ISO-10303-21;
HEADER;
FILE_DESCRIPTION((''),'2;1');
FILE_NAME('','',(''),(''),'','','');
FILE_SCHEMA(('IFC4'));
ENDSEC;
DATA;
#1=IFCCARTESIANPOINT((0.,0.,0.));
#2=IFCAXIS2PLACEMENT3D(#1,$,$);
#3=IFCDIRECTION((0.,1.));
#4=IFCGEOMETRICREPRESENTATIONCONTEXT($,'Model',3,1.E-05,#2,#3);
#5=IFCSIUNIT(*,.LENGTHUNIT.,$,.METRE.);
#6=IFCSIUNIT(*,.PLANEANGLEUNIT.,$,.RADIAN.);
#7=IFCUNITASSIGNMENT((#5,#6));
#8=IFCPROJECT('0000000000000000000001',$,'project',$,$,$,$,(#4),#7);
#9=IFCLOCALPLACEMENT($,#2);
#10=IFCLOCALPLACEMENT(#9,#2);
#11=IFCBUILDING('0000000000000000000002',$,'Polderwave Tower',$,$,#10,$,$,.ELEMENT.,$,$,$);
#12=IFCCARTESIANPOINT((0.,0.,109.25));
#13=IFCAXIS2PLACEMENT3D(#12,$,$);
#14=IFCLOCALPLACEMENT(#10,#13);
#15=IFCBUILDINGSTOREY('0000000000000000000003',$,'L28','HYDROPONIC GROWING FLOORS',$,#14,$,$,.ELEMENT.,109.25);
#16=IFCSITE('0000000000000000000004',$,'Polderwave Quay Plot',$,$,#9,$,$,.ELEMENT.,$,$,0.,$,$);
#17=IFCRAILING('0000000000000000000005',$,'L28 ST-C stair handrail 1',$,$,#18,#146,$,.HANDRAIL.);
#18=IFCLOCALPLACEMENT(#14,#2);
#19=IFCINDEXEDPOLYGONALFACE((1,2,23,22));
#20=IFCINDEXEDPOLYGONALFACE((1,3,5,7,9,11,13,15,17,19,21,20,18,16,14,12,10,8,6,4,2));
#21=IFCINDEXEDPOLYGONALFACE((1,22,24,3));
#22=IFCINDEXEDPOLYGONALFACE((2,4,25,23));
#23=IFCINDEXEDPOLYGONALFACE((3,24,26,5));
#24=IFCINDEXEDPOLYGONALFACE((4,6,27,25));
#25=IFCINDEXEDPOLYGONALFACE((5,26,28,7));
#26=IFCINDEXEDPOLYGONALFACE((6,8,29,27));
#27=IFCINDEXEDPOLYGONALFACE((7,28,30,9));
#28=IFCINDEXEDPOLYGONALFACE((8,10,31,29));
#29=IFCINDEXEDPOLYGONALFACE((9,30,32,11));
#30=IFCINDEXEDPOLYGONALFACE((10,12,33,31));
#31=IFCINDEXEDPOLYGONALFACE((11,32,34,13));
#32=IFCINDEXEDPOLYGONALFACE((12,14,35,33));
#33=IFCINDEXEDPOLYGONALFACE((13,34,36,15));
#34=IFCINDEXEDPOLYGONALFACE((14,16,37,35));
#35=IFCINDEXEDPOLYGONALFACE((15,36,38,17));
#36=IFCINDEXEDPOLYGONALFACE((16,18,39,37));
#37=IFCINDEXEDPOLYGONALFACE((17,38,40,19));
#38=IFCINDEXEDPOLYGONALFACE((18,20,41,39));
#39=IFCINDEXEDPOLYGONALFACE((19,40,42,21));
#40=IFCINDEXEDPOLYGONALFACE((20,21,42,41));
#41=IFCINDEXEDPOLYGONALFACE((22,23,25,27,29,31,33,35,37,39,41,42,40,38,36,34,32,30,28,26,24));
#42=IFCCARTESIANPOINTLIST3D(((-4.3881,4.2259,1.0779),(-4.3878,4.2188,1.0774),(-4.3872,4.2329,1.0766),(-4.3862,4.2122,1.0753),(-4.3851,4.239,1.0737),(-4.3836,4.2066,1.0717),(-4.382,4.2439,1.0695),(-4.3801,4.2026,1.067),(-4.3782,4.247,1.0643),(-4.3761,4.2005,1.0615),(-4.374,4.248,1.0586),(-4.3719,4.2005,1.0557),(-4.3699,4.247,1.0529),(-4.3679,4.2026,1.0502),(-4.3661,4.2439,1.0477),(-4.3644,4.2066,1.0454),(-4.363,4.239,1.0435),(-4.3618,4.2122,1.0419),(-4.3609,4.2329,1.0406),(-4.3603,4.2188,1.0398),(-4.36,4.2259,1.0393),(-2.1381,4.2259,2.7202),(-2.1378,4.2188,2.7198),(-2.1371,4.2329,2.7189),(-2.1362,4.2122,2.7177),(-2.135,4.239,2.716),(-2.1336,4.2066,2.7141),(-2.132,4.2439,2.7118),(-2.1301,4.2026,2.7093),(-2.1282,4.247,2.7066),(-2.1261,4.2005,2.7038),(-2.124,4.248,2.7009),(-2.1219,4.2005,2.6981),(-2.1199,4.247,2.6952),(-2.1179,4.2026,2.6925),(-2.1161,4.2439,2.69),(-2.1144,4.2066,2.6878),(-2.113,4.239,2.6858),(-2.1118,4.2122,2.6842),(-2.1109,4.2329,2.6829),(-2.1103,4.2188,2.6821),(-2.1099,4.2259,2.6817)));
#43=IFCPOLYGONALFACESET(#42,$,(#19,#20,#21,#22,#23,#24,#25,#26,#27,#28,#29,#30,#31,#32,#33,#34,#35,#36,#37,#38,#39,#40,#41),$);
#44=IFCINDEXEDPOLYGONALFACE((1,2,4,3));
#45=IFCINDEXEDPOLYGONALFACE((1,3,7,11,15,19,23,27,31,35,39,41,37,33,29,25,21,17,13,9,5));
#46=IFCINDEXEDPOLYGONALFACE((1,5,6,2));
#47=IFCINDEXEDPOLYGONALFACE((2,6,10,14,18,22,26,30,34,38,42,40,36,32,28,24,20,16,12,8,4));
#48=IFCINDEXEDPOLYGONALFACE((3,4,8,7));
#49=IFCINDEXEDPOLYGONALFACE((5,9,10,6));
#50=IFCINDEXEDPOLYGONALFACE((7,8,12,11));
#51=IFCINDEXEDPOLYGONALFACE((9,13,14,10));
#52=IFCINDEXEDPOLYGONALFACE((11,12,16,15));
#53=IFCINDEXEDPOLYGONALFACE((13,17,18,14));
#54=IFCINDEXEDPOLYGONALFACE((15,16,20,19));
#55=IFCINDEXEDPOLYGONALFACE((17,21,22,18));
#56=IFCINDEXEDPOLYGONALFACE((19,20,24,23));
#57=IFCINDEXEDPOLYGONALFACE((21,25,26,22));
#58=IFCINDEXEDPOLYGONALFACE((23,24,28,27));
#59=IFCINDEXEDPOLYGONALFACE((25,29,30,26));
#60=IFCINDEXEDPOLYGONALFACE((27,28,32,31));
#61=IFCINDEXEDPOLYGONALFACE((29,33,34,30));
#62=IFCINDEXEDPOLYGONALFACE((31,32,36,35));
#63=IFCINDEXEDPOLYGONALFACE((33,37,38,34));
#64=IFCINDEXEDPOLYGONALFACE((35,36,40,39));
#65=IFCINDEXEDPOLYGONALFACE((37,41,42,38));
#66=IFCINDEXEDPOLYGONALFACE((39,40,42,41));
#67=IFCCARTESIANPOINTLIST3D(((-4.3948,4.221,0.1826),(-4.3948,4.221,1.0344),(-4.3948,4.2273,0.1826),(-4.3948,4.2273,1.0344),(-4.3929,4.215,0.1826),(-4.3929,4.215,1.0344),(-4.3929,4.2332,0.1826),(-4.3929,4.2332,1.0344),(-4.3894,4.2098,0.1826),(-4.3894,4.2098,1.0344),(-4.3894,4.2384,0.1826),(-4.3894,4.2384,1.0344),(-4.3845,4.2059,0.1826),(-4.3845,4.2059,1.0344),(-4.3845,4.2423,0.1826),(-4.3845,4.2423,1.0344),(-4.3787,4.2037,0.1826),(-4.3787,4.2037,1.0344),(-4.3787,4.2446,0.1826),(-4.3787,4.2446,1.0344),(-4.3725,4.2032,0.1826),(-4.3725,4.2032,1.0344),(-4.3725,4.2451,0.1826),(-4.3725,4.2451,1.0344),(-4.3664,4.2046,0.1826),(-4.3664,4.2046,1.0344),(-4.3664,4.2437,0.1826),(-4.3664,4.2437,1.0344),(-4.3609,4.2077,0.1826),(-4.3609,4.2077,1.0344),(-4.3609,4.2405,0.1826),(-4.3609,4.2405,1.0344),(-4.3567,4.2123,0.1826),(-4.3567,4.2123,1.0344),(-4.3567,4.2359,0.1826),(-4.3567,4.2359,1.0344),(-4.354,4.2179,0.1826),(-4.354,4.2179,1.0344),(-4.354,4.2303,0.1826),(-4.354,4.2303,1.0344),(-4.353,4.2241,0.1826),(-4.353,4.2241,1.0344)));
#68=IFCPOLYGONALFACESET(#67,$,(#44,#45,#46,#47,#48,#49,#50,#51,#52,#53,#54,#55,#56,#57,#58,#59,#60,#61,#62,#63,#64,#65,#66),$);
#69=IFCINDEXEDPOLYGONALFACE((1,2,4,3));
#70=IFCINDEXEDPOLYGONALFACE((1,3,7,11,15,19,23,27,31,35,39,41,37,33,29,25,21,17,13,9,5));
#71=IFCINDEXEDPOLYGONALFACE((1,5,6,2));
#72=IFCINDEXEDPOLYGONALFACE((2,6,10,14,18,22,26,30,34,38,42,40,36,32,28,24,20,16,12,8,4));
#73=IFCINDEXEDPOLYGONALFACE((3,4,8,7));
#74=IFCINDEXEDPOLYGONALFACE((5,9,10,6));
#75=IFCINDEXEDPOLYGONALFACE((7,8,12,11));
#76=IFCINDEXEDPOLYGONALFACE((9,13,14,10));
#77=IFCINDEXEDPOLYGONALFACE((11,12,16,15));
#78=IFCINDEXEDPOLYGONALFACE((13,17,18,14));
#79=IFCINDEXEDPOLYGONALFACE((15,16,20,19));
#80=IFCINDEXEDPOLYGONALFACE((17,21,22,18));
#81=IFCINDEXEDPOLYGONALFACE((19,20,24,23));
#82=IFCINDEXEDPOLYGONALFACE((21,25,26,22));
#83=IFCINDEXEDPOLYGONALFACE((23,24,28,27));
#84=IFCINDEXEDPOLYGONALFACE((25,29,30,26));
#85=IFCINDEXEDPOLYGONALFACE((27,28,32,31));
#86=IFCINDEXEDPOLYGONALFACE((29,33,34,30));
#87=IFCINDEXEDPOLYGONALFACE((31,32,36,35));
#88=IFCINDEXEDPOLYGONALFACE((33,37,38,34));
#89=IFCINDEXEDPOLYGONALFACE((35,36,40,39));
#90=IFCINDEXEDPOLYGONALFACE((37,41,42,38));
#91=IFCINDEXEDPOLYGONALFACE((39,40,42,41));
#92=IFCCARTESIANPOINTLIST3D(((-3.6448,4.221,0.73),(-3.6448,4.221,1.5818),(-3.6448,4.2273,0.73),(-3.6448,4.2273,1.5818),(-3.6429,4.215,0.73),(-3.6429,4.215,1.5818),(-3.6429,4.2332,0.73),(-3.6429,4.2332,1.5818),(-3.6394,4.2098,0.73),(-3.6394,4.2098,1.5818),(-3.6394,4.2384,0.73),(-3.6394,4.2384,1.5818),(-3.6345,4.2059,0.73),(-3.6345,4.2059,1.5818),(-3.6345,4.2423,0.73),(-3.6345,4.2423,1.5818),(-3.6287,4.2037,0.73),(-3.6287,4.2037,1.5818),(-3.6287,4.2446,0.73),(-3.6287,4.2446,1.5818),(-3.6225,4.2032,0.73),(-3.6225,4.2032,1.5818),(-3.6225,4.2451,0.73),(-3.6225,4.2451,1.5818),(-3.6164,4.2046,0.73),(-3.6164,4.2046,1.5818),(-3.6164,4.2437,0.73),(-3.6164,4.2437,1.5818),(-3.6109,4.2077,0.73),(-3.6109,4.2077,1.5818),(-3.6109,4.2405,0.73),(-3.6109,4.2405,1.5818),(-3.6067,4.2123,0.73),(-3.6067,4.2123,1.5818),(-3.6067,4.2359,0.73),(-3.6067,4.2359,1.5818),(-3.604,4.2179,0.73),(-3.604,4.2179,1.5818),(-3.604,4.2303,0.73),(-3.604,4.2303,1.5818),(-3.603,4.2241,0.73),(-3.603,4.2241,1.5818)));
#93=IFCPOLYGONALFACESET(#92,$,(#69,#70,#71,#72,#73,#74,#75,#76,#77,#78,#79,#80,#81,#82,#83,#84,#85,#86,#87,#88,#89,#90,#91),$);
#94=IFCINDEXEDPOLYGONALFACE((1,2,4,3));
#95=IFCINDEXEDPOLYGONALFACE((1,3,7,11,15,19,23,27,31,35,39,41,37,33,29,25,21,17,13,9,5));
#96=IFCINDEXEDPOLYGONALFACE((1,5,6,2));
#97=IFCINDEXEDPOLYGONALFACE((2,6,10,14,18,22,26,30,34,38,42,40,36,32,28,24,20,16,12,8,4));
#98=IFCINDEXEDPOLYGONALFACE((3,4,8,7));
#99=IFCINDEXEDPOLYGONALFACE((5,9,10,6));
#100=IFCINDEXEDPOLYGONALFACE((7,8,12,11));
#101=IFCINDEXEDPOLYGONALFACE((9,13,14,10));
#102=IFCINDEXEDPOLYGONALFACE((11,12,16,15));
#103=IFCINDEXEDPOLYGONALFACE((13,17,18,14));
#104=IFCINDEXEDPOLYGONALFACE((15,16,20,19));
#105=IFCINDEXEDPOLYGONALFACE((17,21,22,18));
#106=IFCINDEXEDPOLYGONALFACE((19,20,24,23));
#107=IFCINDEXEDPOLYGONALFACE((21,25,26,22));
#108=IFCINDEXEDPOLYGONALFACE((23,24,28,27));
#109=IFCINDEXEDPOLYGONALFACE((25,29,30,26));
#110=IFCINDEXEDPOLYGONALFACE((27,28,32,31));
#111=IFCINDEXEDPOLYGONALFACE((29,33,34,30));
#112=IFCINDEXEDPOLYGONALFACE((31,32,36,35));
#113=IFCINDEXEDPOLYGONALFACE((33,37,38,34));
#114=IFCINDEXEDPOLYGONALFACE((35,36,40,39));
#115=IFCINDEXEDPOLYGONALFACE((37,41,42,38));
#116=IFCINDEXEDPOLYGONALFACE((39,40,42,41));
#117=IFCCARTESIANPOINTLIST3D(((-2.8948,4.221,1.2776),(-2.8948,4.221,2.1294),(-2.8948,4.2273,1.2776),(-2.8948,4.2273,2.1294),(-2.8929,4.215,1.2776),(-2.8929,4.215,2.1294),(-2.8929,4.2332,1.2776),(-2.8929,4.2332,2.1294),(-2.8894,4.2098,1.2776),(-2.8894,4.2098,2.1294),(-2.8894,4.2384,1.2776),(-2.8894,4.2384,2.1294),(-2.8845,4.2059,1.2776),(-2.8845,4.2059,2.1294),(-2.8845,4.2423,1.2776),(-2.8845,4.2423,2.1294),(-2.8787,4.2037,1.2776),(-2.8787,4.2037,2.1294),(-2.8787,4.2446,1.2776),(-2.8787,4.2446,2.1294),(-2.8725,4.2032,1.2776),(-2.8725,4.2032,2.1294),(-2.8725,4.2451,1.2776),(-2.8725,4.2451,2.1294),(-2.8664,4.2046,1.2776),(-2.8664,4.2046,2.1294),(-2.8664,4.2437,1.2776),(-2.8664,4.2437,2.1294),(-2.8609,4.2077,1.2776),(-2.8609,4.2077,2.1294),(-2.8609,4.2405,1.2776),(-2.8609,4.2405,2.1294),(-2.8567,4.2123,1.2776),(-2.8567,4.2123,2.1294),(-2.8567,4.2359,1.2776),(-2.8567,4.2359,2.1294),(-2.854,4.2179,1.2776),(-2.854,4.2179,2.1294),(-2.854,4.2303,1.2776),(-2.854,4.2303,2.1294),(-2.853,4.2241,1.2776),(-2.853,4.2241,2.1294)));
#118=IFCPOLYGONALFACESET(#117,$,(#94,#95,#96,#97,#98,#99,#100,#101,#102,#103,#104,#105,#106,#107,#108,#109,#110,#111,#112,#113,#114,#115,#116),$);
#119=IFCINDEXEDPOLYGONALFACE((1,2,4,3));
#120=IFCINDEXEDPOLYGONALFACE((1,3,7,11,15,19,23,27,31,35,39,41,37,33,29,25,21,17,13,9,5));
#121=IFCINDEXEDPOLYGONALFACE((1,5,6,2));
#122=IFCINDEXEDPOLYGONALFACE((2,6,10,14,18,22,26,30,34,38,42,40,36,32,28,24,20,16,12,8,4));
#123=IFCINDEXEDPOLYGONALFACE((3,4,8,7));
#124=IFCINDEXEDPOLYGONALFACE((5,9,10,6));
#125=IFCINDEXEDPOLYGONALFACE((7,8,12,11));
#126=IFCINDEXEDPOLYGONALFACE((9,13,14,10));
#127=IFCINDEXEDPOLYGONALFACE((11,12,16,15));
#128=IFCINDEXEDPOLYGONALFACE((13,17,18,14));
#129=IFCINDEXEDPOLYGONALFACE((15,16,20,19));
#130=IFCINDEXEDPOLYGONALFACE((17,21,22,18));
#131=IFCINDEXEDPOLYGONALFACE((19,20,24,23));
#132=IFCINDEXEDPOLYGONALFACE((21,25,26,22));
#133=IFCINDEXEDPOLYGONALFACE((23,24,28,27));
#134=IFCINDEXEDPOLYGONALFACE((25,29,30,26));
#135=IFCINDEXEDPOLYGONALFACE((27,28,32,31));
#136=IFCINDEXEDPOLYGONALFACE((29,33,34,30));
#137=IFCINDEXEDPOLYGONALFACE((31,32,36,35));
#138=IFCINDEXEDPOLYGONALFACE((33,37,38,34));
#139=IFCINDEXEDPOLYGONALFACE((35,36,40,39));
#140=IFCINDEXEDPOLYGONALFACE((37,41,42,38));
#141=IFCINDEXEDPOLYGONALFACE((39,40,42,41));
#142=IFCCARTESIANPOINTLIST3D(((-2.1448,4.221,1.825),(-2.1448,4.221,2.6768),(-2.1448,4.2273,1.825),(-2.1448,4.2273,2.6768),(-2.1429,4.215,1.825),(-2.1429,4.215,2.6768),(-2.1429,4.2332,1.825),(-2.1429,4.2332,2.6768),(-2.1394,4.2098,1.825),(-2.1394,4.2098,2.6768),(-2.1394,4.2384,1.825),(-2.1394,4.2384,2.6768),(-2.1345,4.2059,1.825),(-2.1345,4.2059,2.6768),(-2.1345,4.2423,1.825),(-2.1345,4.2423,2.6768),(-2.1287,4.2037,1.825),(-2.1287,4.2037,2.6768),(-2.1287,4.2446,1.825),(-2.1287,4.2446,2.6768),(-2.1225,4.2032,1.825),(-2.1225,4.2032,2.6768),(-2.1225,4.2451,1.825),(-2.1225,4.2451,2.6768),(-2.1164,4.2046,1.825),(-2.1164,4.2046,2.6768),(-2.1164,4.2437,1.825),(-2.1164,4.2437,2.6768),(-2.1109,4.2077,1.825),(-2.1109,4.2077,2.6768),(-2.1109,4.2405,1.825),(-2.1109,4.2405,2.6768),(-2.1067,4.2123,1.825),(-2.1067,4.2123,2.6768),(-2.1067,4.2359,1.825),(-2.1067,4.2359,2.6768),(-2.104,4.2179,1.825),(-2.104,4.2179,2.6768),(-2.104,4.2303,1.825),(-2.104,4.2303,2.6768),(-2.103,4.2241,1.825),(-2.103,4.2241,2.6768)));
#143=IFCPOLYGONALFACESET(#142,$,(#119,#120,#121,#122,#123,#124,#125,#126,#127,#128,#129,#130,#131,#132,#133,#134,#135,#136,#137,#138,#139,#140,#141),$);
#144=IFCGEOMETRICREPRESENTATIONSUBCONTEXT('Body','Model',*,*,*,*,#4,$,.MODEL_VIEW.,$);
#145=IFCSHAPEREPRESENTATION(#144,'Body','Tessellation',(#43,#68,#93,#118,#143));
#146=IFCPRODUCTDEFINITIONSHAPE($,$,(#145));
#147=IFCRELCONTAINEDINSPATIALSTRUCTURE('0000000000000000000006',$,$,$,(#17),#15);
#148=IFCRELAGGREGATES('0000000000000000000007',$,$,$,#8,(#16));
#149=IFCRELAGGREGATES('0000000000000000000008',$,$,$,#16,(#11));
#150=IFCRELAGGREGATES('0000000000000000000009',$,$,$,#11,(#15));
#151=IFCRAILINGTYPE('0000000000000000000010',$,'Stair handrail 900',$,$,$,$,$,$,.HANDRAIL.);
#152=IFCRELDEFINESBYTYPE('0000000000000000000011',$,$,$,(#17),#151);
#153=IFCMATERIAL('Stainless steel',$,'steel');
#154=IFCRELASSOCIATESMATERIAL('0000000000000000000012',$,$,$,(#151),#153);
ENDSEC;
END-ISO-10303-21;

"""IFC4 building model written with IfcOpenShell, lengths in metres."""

from ifc_helpers import new_model, si_unit, direction, frame, origin, origin_2d, place, context, subcontext, project, spatial, circle, extrude, material, type_object, element, save


model = new_model("IFC4")

# Units and contexts
model_context = context("Model", 3, precision=1e-05, world=origin(), true_north=direction((0.0, 1.0)))
body_context = subcontext(model_context, "Body", "Model", "MODEL_VIEW")
ifc_project = project(units=[si_unit("LENGTHUNIT", "METRE"), si_unit("PLANEANGLEUNIT", "RADIAN")], contexts=[model_context])

# Site, building, storey
site_placement = place(None, origin())
site = spatial("IfcSite", under=ifc_project, at=site_placement, Name="Polderwave Quay Plot", CompositionType="ELEMENT", RefElevation=0.0)
building_placement = place(site_placement, origin())
building = spatial("IfcBuilding", under=site, at=building_placement, Name="Polderwave Tower", CompositionType="ELEMENT")
storey_placement = place(building_placement, frame((0.0, 0.0, 109.25)))
storey = spatial("IfcBuildingStorey", under=building, at=storey_placement, Name="L28", Description="HYDROPONIC GROWING FLOORS", CompositionType="ELEMENT", Elevation=109.25)

# Railing
ifc_material_1 = material(Name="Stainless steel", Category="steel")
railing_type_1 = type_object("IfcRailingType", Name="Stair handrail 900", PredefinedType="HANDRAIL", material=ifc_material_1)
railing_1_placement = place(storey_placement, frame((-4.374, 4.2241, 0.1826)))
element("IfcRailing", 1, at=railing_1_placement, inside=storey, type_object=railing_type_1, Name="L28 ST-C stair handrail 1", PredefinedType="HANDRAIL", context=body_context, shape_type="SweptSolid", body=[
    extrude(circle(Radius=0.0239, at=origin_2d()), frame((0.0, 0.0, 0.876), z_axis=(0.807715, 0.0, 0.589573), x_axis=(0.0, 1.0, 0.0)), (0.0, 0.0, 1.0), 2.7856),
    extrude(circle(Radius=0.021, at=origin_2d()), origin(), (0.0, 0.0, 1.0), 0.8518),
    extrude(circle(Radius=0.021, at=origin_2d()), frame((0.75, 0.0, 0.5474)), (0.0, 0.0, 1.0), 0.8518),
    extrude(circle(Radius=0.021, at=origin_2d()), frame((1.5, 0.0, 1.095)), (0.0, 0.0, 1.0), 0.8518),
    extrude(circle(Radius=0.021, at=origin_2d()), frame((2.25, 0.0, 1.6423)), (0.0, 0.0, 1.0), 0.8518),
])

save(model, "model.ifc")
